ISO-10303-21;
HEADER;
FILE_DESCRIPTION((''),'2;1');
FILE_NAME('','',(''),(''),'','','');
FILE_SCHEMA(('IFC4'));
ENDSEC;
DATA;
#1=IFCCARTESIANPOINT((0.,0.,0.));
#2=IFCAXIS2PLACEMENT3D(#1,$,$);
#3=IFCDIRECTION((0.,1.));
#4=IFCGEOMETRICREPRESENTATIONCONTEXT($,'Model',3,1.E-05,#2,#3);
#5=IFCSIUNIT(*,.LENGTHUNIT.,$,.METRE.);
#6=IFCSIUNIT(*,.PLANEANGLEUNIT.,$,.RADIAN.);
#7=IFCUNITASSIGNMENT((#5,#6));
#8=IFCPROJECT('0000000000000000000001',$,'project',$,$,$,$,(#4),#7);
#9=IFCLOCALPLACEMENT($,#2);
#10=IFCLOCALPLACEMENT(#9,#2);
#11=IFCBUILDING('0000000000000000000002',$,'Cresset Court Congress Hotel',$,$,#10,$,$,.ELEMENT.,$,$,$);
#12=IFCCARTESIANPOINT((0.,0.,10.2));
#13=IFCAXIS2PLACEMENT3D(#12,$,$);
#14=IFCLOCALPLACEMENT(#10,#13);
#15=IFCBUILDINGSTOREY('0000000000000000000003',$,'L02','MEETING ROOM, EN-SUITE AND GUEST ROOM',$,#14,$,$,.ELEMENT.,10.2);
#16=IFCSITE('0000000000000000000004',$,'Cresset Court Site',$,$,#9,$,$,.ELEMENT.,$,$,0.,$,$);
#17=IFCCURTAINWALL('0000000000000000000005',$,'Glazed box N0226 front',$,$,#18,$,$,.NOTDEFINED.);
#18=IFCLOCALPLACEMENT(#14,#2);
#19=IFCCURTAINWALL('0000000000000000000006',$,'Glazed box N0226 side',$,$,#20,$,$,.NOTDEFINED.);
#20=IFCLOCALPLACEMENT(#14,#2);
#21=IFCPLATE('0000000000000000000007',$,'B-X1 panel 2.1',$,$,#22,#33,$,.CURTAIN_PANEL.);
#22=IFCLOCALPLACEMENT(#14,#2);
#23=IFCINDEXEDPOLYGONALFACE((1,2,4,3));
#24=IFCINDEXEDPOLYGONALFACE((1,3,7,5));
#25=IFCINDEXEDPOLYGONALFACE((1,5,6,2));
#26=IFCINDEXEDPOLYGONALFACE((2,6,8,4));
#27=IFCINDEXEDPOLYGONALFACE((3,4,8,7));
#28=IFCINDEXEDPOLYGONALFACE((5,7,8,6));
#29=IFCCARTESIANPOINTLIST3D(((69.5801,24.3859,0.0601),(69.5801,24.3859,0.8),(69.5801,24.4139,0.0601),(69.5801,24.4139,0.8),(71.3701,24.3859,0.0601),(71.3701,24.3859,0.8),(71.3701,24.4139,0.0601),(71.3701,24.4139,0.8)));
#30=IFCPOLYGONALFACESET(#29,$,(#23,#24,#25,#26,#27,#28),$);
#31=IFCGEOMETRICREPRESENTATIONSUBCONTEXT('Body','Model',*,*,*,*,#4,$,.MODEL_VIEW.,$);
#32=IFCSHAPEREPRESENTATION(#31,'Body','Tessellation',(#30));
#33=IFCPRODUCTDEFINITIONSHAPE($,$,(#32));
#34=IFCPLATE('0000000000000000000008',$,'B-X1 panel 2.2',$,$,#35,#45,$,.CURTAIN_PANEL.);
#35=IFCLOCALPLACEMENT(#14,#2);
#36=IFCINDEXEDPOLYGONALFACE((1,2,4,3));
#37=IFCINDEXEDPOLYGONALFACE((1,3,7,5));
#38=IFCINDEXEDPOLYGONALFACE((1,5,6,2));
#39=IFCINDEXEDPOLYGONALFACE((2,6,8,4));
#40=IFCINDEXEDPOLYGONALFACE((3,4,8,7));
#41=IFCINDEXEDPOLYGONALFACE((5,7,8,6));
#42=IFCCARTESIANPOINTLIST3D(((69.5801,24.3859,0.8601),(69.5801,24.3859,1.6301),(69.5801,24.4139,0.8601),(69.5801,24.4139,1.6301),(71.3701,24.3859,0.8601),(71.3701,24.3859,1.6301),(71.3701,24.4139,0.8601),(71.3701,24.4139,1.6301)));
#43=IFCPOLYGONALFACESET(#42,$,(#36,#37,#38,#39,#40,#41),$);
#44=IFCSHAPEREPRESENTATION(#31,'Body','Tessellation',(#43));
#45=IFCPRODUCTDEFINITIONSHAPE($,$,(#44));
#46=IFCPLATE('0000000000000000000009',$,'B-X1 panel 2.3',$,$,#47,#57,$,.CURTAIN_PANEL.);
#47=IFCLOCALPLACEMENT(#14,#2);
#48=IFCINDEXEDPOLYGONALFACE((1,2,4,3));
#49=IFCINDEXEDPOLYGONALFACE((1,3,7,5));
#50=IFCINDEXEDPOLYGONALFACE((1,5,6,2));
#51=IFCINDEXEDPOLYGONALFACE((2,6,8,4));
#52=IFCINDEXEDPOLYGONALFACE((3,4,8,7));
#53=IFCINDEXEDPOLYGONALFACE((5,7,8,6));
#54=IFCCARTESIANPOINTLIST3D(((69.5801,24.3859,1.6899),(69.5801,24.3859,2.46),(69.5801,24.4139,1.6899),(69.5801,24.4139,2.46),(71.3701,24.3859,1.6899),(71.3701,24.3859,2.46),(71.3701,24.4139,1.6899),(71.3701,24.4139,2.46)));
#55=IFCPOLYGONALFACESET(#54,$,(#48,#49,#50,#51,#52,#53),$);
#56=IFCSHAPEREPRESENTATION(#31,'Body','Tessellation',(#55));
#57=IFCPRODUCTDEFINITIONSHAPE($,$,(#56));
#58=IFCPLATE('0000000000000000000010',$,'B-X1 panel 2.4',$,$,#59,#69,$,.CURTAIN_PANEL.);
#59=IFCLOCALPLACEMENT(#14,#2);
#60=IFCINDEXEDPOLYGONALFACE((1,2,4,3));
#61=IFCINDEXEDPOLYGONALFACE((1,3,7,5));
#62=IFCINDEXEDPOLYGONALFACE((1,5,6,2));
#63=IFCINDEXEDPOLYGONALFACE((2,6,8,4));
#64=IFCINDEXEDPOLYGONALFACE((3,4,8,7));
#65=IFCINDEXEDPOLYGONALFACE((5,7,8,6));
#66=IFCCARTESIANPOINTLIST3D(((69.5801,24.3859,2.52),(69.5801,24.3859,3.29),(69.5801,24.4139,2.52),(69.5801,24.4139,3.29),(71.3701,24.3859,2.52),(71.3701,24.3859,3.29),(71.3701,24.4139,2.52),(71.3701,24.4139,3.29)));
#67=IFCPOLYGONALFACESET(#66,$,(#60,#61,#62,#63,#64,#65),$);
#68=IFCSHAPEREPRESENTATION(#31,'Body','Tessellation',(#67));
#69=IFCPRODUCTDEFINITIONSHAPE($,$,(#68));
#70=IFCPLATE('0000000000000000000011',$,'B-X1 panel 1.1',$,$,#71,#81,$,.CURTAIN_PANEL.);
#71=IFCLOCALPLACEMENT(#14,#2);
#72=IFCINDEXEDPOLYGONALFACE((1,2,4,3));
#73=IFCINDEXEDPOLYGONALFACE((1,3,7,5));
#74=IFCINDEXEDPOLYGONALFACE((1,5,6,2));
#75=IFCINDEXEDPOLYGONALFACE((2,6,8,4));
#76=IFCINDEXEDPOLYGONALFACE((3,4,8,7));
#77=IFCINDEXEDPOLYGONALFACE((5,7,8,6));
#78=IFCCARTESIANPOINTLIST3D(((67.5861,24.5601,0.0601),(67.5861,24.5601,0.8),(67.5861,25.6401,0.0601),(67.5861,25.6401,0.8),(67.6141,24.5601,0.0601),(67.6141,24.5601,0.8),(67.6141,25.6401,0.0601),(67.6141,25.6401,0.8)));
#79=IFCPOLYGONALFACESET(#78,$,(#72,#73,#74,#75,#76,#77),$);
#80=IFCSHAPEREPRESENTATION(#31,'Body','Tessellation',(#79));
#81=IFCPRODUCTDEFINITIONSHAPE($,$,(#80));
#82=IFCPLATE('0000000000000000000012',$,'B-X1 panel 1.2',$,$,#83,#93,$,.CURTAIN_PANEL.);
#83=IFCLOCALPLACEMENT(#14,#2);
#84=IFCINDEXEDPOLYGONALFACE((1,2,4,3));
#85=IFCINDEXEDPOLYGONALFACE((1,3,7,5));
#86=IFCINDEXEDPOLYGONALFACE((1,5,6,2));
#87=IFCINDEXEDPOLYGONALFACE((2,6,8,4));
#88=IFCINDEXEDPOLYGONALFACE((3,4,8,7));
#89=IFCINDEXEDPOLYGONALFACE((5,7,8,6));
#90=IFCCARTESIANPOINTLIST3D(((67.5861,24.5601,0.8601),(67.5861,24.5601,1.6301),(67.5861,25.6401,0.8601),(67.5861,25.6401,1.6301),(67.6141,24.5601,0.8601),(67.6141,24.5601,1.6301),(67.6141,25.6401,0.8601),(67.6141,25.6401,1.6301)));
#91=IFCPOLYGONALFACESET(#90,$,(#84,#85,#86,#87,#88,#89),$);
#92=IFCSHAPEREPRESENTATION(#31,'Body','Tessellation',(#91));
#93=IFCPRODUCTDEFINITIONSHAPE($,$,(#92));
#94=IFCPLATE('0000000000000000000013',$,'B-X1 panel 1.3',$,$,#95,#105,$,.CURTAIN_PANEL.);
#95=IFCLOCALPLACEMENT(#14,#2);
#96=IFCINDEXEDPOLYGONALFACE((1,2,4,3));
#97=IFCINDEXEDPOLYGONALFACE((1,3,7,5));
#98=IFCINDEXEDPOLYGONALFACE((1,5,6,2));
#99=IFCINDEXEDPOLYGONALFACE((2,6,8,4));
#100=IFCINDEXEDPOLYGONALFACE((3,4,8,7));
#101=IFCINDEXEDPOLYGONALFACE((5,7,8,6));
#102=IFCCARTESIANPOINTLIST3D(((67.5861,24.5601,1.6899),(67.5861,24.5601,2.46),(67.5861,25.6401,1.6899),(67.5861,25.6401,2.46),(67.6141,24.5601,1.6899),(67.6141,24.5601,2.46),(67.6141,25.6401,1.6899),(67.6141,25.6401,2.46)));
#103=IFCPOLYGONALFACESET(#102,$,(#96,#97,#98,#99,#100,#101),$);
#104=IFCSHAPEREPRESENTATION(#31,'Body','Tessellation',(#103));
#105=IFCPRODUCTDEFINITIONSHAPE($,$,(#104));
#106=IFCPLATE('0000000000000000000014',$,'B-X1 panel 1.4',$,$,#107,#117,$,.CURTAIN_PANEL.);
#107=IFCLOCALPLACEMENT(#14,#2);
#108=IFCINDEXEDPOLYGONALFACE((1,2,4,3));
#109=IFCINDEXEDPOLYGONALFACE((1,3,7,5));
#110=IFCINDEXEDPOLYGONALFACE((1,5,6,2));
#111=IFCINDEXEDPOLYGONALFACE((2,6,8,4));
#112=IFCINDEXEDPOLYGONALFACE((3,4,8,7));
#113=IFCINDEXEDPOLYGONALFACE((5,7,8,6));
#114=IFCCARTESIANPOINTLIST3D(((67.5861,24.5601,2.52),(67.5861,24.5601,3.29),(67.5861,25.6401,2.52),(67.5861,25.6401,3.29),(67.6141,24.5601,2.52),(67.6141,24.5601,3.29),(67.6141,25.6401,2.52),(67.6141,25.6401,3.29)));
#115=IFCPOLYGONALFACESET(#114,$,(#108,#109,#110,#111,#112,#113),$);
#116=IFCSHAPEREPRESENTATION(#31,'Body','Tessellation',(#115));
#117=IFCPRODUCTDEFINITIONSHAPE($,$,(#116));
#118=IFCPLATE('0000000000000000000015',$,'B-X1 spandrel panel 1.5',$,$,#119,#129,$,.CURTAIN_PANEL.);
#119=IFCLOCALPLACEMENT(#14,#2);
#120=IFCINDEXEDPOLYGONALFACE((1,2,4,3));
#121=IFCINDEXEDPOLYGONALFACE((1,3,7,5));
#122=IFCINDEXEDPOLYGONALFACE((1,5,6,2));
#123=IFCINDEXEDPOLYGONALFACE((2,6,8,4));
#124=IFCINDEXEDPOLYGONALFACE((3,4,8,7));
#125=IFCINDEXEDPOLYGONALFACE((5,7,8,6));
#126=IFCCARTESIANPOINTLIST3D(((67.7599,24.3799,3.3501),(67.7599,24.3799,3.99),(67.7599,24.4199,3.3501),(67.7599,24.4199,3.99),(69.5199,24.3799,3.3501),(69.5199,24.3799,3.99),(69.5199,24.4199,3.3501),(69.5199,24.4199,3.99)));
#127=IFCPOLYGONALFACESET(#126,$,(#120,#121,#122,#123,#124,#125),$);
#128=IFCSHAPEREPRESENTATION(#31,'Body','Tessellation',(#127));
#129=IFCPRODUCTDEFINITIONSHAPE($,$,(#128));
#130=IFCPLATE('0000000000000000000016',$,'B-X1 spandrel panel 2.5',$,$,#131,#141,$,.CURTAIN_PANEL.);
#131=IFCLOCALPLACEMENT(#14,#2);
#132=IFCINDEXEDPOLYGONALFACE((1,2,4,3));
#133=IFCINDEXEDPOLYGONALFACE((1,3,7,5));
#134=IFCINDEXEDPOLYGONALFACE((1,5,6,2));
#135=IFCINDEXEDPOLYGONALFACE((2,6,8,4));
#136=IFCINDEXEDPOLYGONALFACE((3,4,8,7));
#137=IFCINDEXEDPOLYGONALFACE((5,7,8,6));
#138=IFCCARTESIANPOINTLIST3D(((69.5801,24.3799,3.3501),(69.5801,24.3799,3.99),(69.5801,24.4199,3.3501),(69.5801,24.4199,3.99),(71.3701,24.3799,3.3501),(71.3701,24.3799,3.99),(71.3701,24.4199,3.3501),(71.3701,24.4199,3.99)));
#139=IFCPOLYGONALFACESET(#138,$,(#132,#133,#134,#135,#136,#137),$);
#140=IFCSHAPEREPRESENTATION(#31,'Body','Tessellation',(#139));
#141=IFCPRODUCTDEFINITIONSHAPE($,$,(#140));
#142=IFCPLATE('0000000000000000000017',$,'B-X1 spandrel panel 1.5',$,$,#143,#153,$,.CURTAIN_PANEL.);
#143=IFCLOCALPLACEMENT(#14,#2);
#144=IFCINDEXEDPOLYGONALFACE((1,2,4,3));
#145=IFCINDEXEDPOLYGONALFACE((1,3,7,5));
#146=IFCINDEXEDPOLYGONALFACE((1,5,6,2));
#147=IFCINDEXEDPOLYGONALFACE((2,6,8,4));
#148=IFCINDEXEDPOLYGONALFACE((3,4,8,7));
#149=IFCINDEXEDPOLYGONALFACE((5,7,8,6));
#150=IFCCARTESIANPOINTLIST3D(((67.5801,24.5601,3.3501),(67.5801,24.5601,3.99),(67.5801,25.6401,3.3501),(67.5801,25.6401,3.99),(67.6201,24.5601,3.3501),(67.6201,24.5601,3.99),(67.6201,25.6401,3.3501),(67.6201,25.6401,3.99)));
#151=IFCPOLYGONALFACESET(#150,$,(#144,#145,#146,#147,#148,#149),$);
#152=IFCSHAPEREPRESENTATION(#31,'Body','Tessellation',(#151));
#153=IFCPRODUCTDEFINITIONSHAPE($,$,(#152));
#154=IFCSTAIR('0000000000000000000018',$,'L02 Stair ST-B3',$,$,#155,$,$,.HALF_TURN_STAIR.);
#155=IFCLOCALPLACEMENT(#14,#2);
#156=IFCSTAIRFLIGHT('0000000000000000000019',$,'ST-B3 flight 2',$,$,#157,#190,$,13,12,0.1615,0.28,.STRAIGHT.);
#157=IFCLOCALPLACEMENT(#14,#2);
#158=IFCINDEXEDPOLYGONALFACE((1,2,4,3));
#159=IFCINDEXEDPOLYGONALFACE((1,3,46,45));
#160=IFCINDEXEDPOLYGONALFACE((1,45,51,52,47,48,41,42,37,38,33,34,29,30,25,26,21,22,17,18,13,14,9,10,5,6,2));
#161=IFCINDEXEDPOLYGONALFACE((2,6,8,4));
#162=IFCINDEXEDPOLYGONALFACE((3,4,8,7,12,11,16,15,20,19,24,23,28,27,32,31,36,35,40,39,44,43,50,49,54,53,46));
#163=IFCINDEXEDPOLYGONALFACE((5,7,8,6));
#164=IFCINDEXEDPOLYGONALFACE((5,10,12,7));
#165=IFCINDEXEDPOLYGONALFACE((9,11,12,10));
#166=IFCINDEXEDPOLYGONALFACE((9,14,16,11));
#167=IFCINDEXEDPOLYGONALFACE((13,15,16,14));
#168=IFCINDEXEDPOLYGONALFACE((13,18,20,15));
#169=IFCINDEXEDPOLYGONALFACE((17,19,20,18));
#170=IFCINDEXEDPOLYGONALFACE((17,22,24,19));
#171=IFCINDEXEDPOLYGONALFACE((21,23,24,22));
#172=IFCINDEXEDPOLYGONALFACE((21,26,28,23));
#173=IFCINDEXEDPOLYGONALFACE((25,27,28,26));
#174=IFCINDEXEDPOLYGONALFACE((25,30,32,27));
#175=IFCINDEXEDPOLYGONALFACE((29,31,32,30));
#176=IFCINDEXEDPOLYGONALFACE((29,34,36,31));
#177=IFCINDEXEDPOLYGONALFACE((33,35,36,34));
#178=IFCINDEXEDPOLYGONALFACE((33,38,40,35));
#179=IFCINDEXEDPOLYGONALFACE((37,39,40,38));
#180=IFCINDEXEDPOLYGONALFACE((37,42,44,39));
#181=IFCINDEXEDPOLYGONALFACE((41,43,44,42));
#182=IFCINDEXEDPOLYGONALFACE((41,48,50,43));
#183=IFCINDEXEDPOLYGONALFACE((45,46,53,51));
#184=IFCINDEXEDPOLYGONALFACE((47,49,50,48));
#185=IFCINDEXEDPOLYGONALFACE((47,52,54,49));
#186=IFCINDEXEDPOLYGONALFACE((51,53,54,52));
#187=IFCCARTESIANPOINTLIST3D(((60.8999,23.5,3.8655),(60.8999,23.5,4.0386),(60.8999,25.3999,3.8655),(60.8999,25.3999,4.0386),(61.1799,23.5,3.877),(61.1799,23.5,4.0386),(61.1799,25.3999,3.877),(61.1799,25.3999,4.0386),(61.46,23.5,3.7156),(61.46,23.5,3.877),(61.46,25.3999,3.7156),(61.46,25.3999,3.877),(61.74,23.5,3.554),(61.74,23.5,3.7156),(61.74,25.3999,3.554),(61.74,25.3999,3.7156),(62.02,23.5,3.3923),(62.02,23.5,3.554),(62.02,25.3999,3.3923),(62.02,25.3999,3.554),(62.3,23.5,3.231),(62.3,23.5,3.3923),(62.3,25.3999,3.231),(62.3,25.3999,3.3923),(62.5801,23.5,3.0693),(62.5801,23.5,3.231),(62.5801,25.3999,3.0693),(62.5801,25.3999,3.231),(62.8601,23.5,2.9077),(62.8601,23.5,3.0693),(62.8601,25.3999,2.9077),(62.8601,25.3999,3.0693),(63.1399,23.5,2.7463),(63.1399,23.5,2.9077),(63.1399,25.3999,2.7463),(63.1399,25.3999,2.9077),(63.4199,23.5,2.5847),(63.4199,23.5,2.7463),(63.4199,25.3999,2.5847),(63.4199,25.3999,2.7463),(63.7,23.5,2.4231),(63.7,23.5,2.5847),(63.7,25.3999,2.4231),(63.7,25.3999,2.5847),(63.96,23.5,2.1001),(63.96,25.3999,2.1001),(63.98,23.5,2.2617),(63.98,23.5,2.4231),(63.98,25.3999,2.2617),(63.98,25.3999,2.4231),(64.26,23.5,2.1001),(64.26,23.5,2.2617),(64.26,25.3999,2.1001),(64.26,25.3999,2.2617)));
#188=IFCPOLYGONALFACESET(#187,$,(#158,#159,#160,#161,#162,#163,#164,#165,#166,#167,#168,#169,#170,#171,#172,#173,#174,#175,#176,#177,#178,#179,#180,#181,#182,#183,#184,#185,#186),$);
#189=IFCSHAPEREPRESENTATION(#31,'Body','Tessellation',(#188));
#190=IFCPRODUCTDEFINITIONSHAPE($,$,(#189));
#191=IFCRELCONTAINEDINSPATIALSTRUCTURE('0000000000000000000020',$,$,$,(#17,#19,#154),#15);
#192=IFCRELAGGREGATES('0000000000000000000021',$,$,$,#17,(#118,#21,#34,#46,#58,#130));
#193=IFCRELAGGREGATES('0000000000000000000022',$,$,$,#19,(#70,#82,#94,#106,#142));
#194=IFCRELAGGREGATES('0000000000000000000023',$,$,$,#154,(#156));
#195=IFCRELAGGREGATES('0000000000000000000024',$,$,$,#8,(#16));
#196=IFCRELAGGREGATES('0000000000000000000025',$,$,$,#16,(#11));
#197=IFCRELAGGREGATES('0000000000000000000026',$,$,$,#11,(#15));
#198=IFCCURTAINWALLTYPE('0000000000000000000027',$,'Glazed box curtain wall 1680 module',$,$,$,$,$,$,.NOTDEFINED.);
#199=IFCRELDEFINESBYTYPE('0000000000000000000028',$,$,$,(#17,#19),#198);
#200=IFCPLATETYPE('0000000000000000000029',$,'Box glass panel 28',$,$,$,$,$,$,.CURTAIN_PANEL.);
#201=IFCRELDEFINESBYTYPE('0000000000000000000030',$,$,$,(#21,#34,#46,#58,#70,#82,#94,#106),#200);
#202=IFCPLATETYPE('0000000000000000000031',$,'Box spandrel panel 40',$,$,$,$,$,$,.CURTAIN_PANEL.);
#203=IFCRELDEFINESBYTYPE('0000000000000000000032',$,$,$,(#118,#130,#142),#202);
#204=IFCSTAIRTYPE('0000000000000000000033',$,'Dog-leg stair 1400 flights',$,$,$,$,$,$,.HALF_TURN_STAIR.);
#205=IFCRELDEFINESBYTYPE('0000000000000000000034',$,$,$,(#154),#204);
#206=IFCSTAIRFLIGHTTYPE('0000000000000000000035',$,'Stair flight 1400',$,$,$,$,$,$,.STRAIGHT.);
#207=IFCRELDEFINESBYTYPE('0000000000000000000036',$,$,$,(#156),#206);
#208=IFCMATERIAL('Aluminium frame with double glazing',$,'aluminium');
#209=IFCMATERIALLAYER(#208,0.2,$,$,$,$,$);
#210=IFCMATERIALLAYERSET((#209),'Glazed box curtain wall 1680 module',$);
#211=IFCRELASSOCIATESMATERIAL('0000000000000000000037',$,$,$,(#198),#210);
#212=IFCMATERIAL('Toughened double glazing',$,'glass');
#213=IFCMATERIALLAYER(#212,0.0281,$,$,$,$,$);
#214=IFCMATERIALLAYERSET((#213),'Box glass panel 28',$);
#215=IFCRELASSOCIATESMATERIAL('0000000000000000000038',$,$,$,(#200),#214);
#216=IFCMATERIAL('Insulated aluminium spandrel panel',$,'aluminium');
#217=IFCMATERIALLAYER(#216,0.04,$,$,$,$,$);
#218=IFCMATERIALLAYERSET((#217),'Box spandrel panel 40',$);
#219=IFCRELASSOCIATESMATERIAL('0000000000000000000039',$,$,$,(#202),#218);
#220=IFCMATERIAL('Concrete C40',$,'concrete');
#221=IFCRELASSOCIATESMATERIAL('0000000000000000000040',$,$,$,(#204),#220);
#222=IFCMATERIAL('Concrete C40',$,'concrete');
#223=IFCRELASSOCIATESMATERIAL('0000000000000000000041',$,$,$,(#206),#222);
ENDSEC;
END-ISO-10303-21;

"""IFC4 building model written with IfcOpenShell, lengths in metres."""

from ifc_helpers import new_model, si_unit, direction, frame, origin, origin_2d, place, context, subcontext, project, spatial, polyline, rectangle, outline, extrude, material, layer, layer_set, type_object, element, aggregate, save


model = new_model("IFC4")

# Units and contexts
model_context = context("Model", 3, precision=1e-05, world=origin(), true_north=direction((0.0, 1.0)))
body_context = subcontext(model_context, "Body", "Model", "MODEL_VIEW")
ifc_project = project(units=[si_unit("LENGTHUNIT", "METRE"), si_unit("PLANEANGLEUNIT", "RADIAN")], contexts=[model_context])

# Site, building, storey
site_placement = place(None, origin())
site = spatial("IfcSite", under=ifc_project, at=site_placement, Name="Cresset Court Site", CompositionType="ELEMENT", RefElevation=0.0)
building_placement = place(site_placement, origin())
building = spatial("IfcBuilding", under=site, at=building_placement, Name="Cresset Court Congress Hotel", CompositionType="ELEMENT")
storey_placement = place(building_placement, frame((0.0, 0.0, 10.2)))
storey = spatial("IfcBuildingStorey", under=building, at=storey_placement, Name="L02", Description="MEETING ROOM, EN-SUITE AND GUEST ROOM", CompositionType="ELEMENT", Elevation=10.2)

# Curtain walls
ifc_material_1 = material(Name="Aluminium frame with double glazing", Category="aluminium")
ifc_layer_1 = layer(ifc_material_1, 0.2)
ifc_layer_set_1 = layer_set([ifc_layer_1], Name="Glazed box curtain wall 1680 module")
curtain_wall_type = type_object("IfcCurtainWallType", Name="Glazed box curtain wall 1680 module", PredefinedType="NOTDEFINED", material=ifc_layer_set_1)
curtain_wall_1_placement = place(storey_placement, origin())
curtain_wall_1 = element("IfcCurtainWall", 1, at=curtain_wall_1_placement, inside=storey, type_object=curtain_wall_type, Name="Glazed box N0226 front", PredefinedType="NOTDEFINED")
curtain_wall_2_placement = place(storey_placement, origin())
curtain_wall_2 = element("IfcCurtainWall", 2, at=curtain_wall_2_placement, inside=storey, type_object=curtain_wall_type, Name="Glazed box N0226 side", PredefinedType="NOTDEFINED")

# Plates
ifc_material_2 = material(Name="Toughened double glazing", Category="glass")
ifc_layer_2 = layer(ifc_material_2, 0.0281)
ifc_layer_set_2 = layer_set([ifc_layer_2], Name="Box glass panel 28")
plate_type_1 = type_object("IfcPlateType", Name="Box glass panel 28", PredefinedType="CURTAIN_PANEL", material=ifc_layer_set_2)
plate_1_placement = place(storey_placement, frame((70.4751, 24.3999, 0.0601), z_axis=(0.0, 0.0, 1.0), x_axis=(1.0, 0.0, 0.0)))
plate_1 = element("IfcPlate", 3, at=plate_1_placement, type_object=plate_type_1, Name="B-X1 panel 2.1", PredefinedType="CURTAIN_PANEL", context=body_context, shape_type="SweptSolid", body=[
    extrude(rectangle(XDim=1.79, YDim=0.0281, at=origin_2d()), origin(), (0.0, 0.0, 1.0), 0.74),
])
plate_2_placement = place(storey_placement, frame((70.4751, 24.3999, 0.8601), z_axis=(0.0, 0.0, 1.0), x_axis=(1.0, 0.0, 0.0)))
plate_2 = element("IfcPlate", 4, at=plate_2_placement, type_object=plate_type_1, Name="B-X1 panel 2.2", PredefinedType="CURTAIN_PANEL", context=body_context, shape_type="SweptSolid", body=[
    extrude(rectangle(XDim=1.79, YDim=0.0281, at=origin_2d()), origin(), (0.0, 0.0, 1.0), 0.77),
])
plate_3_placement = place(storey_placement, frame((70.4751, 24.3999, 1.6899), z_axis=(0.0, 0.0, 1.0), x_axis=(1.0, 0.0, 0.0)))
plate_3 = element("IfcPlate", 5, at=plate_3_placement, type_object=plate_type_1, Name="B-X1 panel 2.3", PredefinedType="CURTAIN_PANEL", context=body_context, shape_type="SweptSolid", body=[
    extrude(rectangle(XDim=1.79, YDim=0.0281, at=origin_2d()), origin(), (0.0, 0.0, 1.0), 0.77),
])
plate_4_placement = place(storey_placement, frame((70.4751, 24.3999, 2.52), z_axis=(0.0, 0.0, 1.0), x_axis=(1.0, 0.0, 0.0)))
plate_4 = element("IfcPlate", 6, at=plate_4_placement, type_object=plate_type_1, Name="B-X1 panel 2.4", PredefinedType="CURTAIN_PANEL", context=body_context, shape_type="SweptSolid", body=[
    extrude(rectangle(XDim=1.79, YDim=0.0281, at=origin_2d()), origin(), (0.0, 0.0, 1.0), 0.77),
])
plate_5_placement = place(storey_placement, frame((67.6001, 25.1001, 0.0601), z_axis=(0.0, 0.0, 1.0), x_axis=(0.0, -1.0, 0.0)))
plate_5 = element("IfcPlate", 7, at=plate_5_placement, type_object=plate_type_1, Name="B-X1 panel 1.1", PredefinedType="CURTAIN_PANEL", context=body_context, shape_type="SweptSolid", body=[
    extrude(rectangle(XDim=1.0801, YDim=0.0281, at=origin_2d()), origin(), (0.0, 0.0, 1.0), 0.74),
])
plate_6_placement = place(storey_placement, frame((67.6001, 25.1001, 0.8601), z_axis=(0.0, 0.0, 1.0), x_axis=(0.0, -1.0, 0.0)))
plate_6 = element("IfcPlate", 8, at=plate_6_placement, type_object=plate_type_1, Name="B-X1 panel 1.2", PredefinedType="CURTAIN_PANEL", context=body_context, shape_type="SweptSolid", body=[
    extrude(rectangle(XDim=1.0801, YDim=0.0281, at=origin_2d()), origin(), (0.0, 0.0, 1.0), 0.77),
])
plate_7_placement = place(storey_placement, frame((67.6001, 25.1001, 1.6899), z_axis=(0.0, 0.0, 1.0), x_axis=(0.0, -1.0, 0.0)))
plate_7 = element("IfcPlate", 9, at=plate_7_placement, type_object=plate_type_1, Name="B-X1 panel 1.3", PredefinedType="CURTAIN_PANEL", context=body_context, shape_type="SweptSolid", body=[
    extrude(rectangle(XDim=1.0801, YDim=0.0281, at=origin_2d()), origin(), (0.0, 0.0, 1.0), 0.77),
])
plate_8_placement = place(storey_placement, frame((67.6001, 25.1001, 2.52), z_axis=(0.0, 0.0, 1.0), x_axis=(0.0, -1.0, 0.0)))
plate_8 = element("IfcPlate", 10, at=plate_8_placement, type_object=plate_type_1, Name="B-X1 panel 1.4", PredefinedType="CURTAIN_PANEL", context=body_context, shape_type="SweptSolid", body=[
    extrude(rectangle(XDim=1.0801, YDim=0.0281, at=origin_2d()), origin(), (0.0, 0.0, 1.0), 0.77),
])
ifc_material_3 = material(Name="Insulated aluminium spandrel panel", Category="aluminium")
ifc_layer_3 = layer(ifc_material_3, 0.04)
ifc_layer_set_3 = layer_set([ifc_layer_3], Name="Box spandrel panel 40")
plate_type_2 = type_object("IfcPlateType", Name="Box spandrel panel 40", PredefinedType="CURTAIN_PANEL", material=ifc_layer_set_3)
plate_9_placement = place(storey_placement, frame((68.6399, 24.3999, 3.3501), z_axis=(0.0, 0.0, 1.0), x_axis=(1.0, 0.0, 0.0)))
plate_9 = element("IfcPlate", 11, at=plate_9_placement, type_object=plate_type_2, Name="B-X1 spandrel panel 1.5", PredefinedType="CURTAIN_PANEL", context=body_context, shape_type="SweptSolid", body=[
    extrude(rectangle(XDim=1.76, YDim=0.04, at=origin_2d()), origin(), (0.0, 0.0, 1.0), 0.6399),
])
plate_10_placement = place(storey_placement, frame((70.4751, 24.3999, 3.3501), z_axis=(0.0, 0.0, 1.0), x_axis=(1.0, 0.0, 0.0)))
plate_10 = element("IfcPlate", 12, at=plate_10_placement, type_object=plate_type_2, Name="B-X1 spandrel panel 2.5", PredefinedType="CURTAIN_PANEL", context=body_context, shape_type="SweptSolid", body=[
    extrude(rectangle(XDim=1.79, YDim=0.04, at=origin_2d()), origin(), (0.0, 0.0, 1.0), 0.6399),
])
aggregate(curtain_wall_1, [plate_9, plate_1, plate_2, plate_3, plate_4, plate_10])
plate_11_placement = place(storey_placement, frame((67.6001, 25.1001, 3.3501), z_axis=(0.0, 0.0, 1.0), x_axis=(0.0, -1.0, 0.0)))
plate_11 = element("IfcPlate", 13, at=plate_11_placement, type_object=plate_type_2, Name="B-X1 spandrel panel 1.5", PredefinedType="CURTAIN_PANEL", context=body_context, shape_type="SweptSolid", body=[
    extrude(rectangle(XDim=1.0801, YDim=0.04, at=origin_2d()), origin(), (0.0, 0.0, 1.0), 0.6399),
])
aggregate(curtain_wall_2, [plate_5, plate_6, plate_7, plate_8, plate_11])

# Stair, stair flight
ifc_material_4 = material(Name="Concrete C40", Category="concrete")
stair_type = type_object("IfcStairType", Name="Dog-leg stair 1400 flights", PredefinedType="HALF_TURN_STAIR", material=ifc_material_4)
stair_placement = place(storey_placement, origin())
stair = element("IfcStair", 14, at=stair_placement, inside=storey, type_object=stair_type, Name="L02 Stair ST-B3", PredefinedType="HALF_TURN_STAIR")
ifc_material_5 = material(Name="Concrete C40", Category="concrete")
stair_flight_type = type_object("IfcStairFlightType", Name="Stair flight 1400", PredefinedType="STRAIGHT", material=ifc_material_5)
stair_flight_placement = place(storey_placement, frame((64.26, 24.45, 2.1001), z_axis=(0.0, 0.0, 1.0), x_axis=(-1.0, 0.0, 0.0)))
stair_flight = element("IfcStairFlight", 15, at=stair_flight_placement, type_object=stair_flight_type, Name="ST-B3 flight 2", NumberOfRisers=13, NumberOfTreads=12, PredefinedType="STRAIGHT", RiserHeight=0.1615, TreadLength=0.28, context=body_context, shape_type="SweptSolid", body=[
    extrude(outline(polyline([(0.0, 0.0), (0.0, 0.1616), (0.28, 0.1616), (0.28, 0.323), (0.5601, 0.323), (0.5601, 0.4846), (0.8401, 0.4846), (0.8401, 0.6462), (1.1201, 0.6462), (1.1201, 0.8076), (1.3999, 0.8076), (1.3999, 0.9692), (1.6799, 0.9692), (1.6799, 1.1309), (1.96, 1.1309), (1.96, 1.2922), (2.24, 1.2922), (2.24, 1.4539), (2.52, 1.4539), (2.52, 1.6155), (2.8, 1.6155), (2.8, 1.7769), (3.0801, 1.7769), (3.0801, 1.9385), (3.3601, 1.9385), (3.3601, 2.1001), (3.3601, 1.7654), (0.3, 0.0), (0.0, 0.0)])), frame((0.0, 0.95, 0.0), z_axis=(0.0, -1.0, 0.0), x_axis=(1.0, 0.0, 0.0)), (0.0, 0.0, 1.0), 1.8999),
])
aggregate(stair, [stair_flight])

save(model, "model.ifc")
